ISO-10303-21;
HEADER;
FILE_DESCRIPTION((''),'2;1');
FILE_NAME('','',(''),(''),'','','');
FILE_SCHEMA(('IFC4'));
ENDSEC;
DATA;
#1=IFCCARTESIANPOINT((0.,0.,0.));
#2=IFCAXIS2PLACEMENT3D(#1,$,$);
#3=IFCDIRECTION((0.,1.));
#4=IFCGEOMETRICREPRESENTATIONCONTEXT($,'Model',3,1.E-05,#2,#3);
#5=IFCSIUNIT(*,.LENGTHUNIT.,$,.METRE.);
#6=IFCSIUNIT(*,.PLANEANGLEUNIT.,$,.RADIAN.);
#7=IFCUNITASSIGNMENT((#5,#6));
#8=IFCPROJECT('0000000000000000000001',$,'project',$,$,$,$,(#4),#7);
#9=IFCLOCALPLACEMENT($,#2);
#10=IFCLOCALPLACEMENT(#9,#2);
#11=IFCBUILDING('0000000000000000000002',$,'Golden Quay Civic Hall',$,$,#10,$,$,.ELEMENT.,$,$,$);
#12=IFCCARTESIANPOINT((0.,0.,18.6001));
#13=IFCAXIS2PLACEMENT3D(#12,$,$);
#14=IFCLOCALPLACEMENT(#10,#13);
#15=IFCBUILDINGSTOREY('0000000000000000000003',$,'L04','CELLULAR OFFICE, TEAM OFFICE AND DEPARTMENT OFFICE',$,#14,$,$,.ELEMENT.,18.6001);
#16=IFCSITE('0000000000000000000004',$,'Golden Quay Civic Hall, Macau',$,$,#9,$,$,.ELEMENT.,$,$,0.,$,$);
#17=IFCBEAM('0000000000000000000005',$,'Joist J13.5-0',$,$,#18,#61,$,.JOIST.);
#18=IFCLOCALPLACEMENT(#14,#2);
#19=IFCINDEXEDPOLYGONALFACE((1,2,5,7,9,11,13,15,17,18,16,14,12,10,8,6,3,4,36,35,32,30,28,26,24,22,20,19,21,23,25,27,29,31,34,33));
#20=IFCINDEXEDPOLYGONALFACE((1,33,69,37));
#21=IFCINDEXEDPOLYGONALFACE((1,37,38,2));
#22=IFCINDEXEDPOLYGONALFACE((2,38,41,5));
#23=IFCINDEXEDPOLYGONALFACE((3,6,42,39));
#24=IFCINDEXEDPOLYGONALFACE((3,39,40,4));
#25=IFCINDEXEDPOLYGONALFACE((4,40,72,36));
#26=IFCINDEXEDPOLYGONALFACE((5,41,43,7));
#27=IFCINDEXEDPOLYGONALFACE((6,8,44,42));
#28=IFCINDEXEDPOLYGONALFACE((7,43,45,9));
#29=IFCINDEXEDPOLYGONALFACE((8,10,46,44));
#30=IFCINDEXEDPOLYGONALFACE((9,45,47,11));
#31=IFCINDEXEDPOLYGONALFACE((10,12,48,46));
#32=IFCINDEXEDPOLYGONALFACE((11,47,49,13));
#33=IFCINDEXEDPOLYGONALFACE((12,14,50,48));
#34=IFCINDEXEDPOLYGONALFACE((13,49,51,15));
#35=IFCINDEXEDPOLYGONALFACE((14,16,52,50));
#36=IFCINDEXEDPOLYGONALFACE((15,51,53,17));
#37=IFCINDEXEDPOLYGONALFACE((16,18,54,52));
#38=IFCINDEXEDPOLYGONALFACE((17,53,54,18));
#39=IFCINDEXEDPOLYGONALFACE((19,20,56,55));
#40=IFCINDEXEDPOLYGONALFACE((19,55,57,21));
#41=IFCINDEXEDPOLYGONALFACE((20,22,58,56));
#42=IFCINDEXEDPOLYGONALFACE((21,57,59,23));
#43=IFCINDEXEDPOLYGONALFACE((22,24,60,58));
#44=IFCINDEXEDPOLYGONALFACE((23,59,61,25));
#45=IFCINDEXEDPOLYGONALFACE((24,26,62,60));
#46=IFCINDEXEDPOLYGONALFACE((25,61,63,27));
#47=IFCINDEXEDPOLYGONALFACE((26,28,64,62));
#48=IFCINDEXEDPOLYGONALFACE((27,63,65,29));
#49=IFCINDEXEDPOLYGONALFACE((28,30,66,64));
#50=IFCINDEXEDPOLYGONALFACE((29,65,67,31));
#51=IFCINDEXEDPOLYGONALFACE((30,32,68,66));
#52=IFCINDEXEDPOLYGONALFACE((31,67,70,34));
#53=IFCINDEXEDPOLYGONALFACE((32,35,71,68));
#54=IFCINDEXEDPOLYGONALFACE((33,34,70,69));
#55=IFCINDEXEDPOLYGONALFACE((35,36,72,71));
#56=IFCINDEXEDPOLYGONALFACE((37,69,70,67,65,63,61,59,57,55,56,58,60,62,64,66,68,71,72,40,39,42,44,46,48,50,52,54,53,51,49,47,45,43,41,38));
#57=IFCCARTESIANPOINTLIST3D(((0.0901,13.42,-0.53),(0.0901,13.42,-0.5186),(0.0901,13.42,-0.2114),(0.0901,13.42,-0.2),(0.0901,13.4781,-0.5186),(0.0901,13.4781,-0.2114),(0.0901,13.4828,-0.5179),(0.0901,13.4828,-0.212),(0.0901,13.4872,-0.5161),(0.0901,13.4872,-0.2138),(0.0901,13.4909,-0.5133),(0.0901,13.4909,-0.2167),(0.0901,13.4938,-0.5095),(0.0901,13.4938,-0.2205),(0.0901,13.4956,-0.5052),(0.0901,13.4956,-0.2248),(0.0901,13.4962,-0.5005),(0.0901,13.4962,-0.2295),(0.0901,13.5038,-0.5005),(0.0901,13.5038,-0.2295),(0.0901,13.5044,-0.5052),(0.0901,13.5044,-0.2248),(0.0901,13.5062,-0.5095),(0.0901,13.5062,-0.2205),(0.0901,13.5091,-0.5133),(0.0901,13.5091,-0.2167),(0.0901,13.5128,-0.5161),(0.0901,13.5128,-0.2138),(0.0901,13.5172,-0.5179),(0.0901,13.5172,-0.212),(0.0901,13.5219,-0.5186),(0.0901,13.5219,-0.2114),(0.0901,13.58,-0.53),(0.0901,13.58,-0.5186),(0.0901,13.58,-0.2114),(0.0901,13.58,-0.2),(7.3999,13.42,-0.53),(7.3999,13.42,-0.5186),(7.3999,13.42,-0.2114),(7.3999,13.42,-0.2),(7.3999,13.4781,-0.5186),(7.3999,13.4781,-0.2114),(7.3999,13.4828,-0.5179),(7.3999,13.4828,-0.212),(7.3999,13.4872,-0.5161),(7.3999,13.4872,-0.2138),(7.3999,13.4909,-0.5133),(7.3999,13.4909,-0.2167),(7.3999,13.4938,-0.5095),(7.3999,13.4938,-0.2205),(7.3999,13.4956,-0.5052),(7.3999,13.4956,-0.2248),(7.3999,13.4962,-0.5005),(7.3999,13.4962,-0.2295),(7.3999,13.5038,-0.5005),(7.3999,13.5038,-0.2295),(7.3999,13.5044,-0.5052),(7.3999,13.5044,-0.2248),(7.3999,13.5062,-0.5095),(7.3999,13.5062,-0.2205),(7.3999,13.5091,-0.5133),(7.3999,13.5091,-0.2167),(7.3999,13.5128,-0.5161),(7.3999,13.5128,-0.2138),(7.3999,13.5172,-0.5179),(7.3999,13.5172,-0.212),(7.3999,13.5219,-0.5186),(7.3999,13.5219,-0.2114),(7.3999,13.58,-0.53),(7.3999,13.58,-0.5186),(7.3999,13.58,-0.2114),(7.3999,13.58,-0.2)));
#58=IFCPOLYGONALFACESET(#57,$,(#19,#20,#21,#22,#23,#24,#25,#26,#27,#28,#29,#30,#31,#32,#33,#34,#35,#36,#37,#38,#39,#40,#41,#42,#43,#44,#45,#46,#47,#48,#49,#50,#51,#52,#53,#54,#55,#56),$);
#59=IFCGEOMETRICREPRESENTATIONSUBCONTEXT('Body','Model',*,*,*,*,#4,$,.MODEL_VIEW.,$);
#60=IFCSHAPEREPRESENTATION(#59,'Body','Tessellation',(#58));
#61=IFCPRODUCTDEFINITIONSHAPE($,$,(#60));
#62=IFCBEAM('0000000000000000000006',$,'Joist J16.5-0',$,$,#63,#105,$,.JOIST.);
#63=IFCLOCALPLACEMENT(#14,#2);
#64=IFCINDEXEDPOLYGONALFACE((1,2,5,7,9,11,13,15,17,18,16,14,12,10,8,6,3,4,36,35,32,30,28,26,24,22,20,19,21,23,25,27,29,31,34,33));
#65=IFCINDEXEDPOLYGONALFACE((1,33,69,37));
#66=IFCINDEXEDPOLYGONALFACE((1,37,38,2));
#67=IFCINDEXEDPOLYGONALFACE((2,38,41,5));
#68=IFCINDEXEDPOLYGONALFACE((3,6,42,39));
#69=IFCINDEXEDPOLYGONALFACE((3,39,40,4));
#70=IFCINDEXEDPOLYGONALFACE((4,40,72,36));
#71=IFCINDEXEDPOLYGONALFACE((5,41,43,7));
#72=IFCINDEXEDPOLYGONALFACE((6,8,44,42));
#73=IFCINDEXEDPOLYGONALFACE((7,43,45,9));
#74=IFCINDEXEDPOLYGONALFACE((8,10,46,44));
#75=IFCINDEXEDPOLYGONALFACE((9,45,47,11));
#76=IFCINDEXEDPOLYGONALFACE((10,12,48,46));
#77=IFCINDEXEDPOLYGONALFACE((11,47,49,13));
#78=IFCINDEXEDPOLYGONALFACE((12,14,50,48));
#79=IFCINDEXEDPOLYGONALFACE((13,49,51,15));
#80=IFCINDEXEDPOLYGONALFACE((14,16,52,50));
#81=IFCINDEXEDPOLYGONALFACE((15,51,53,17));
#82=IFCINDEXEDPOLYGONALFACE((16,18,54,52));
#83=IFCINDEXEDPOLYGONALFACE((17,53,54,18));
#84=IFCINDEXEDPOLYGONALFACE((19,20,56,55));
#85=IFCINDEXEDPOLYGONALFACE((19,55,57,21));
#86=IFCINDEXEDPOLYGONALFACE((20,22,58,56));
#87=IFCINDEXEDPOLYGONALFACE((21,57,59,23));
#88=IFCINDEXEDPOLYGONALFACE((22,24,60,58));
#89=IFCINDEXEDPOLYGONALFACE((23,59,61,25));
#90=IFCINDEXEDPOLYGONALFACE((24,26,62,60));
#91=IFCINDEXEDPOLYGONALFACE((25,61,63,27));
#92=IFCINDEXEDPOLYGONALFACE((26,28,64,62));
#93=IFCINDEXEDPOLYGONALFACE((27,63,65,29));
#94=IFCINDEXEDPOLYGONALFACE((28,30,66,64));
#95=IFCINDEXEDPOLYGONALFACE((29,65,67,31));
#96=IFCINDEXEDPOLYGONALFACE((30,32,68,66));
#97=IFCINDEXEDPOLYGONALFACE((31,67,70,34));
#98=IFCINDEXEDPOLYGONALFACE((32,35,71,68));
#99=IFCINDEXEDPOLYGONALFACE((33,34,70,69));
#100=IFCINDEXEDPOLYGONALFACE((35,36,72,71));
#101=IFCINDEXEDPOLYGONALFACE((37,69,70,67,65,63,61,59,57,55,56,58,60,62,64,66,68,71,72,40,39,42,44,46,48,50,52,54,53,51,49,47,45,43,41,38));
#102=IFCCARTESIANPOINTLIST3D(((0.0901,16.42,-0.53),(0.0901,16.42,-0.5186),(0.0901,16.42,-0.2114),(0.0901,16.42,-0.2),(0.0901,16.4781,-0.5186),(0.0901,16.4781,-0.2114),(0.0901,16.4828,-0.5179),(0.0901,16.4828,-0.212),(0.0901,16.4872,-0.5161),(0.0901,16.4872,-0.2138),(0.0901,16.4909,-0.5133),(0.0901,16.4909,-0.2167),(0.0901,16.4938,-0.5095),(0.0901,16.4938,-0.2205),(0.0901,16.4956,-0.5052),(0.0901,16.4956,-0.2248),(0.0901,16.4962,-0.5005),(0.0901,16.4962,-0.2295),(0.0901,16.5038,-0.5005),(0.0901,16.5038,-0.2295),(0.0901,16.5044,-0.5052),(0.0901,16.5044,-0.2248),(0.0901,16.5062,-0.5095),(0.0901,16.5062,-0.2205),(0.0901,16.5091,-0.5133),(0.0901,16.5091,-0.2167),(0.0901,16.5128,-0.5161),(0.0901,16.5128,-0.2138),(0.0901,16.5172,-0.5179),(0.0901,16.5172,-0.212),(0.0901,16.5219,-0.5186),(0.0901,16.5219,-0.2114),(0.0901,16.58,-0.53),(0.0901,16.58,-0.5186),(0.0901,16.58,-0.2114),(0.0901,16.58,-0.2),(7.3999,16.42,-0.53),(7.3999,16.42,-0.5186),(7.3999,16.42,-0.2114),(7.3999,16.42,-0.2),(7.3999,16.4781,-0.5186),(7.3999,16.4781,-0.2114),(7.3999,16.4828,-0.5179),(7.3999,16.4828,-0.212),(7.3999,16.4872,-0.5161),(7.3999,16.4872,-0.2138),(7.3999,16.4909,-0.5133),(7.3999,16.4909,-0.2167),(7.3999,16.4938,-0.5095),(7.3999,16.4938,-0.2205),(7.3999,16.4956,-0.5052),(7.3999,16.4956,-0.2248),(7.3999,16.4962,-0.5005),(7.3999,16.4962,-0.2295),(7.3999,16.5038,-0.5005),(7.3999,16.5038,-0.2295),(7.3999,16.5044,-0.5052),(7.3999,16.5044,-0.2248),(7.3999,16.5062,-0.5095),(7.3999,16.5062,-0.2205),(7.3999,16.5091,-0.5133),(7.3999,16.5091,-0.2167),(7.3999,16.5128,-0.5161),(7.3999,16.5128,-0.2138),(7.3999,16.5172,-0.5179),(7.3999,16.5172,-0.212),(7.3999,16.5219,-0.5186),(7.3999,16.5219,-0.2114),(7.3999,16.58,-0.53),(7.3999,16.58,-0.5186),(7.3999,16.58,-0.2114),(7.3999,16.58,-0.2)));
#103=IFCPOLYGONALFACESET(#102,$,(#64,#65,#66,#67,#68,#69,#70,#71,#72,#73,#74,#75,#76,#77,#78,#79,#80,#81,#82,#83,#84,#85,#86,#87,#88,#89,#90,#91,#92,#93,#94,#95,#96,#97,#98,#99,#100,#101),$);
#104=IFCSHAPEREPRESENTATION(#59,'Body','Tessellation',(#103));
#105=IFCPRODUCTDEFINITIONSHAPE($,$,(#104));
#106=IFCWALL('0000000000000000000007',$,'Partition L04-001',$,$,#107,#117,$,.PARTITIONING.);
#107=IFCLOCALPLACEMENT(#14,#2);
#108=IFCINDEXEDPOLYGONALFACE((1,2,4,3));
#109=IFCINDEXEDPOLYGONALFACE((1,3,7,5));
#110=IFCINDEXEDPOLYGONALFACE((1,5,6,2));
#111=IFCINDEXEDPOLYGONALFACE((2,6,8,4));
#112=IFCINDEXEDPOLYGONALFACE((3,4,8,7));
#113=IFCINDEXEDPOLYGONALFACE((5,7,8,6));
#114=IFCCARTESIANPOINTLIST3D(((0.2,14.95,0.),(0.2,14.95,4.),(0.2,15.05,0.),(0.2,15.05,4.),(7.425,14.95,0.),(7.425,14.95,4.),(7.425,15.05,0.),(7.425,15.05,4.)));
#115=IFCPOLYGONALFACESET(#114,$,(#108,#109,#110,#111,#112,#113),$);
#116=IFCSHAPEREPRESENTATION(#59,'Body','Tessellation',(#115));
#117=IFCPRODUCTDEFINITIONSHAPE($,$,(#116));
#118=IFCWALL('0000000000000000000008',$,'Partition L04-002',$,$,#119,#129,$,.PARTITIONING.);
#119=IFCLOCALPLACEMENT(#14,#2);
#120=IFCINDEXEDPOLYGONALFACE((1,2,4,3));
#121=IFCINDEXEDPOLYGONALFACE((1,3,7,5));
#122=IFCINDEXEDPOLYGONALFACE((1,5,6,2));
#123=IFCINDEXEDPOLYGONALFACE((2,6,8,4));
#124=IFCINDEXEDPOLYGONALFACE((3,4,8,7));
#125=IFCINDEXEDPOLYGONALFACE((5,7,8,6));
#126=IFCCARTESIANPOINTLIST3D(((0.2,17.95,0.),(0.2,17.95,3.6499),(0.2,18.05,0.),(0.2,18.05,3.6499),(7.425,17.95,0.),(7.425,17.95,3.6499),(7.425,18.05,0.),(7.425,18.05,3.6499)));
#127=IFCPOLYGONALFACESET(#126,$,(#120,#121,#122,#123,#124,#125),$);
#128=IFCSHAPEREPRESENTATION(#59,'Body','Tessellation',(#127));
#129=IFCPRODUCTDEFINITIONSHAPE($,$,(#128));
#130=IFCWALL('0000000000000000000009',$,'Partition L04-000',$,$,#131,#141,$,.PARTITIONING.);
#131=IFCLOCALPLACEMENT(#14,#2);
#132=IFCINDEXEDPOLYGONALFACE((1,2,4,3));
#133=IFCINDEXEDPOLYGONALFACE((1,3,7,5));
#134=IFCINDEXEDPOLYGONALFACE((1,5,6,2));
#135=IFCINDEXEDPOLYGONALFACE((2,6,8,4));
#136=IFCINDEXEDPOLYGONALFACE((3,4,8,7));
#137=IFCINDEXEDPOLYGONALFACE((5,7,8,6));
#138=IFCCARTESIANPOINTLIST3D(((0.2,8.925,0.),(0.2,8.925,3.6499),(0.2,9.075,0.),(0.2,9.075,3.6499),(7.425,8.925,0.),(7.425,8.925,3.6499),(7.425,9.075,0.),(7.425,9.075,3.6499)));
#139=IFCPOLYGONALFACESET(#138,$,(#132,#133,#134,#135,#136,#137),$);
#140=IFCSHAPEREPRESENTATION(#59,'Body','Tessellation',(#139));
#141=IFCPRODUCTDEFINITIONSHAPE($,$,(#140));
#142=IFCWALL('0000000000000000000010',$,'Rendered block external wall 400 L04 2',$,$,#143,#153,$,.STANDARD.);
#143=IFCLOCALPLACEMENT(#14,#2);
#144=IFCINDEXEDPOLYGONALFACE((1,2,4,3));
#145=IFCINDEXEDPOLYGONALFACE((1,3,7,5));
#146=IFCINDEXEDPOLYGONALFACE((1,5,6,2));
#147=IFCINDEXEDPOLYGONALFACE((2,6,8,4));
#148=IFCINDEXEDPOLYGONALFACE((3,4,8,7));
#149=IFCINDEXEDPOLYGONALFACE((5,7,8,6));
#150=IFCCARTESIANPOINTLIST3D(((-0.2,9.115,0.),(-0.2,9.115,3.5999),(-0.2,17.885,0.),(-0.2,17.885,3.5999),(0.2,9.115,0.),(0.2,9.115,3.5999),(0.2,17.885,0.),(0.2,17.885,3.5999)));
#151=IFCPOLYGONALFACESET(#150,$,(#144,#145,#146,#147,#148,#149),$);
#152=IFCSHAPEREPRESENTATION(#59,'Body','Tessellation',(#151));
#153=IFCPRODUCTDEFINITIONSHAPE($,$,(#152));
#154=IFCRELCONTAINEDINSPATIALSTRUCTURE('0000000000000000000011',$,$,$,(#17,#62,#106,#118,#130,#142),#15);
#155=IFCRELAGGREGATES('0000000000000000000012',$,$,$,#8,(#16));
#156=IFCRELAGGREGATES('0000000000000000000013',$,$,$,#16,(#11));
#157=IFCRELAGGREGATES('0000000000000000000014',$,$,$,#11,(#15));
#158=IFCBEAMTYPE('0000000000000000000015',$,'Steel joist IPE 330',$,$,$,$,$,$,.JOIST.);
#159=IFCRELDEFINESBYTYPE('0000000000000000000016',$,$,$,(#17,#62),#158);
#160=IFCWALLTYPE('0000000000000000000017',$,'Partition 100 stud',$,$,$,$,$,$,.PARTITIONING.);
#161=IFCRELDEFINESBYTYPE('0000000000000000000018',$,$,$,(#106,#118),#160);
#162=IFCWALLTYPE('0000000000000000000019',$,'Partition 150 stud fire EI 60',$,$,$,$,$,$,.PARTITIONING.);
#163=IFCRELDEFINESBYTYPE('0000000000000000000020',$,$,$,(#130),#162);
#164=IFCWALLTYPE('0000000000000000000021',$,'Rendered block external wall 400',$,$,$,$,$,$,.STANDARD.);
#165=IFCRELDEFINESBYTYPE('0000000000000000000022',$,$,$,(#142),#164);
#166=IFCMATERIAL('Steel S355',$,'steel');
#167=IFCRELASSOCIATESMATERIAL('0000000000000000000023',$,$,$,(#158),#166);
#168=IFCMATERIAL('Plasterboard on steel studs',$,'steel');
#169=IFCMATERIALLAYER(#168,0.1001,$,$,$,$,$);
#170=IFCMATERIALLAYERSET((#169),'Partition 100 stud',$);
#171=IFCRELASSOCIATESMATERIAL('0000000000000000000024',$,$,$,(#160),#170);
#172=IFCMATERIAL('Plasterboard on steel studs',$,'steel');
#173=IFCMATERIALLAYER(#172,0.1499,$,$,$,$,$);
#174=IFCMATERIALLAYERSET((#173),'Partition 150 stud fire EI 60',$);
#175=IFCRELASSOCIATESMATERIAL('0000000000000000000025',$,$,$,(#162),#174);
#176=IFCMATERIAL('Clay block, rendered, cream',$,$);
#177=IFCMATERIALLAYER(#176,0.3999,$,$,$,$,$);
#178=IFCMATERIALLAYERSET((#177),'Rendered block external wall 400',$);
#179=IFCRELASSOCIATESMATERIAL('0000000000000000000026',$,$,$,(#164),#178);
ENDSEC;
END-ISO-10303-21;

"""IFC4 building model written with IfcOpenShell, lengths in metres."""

from ifc_helpers import new_model, si_unit, direction, frame, frame_2d, origin, origin_2d, place, context, subcontext, project, spatial, rectangle, i_section, extrude, material, layer, layer_set, material_profile, profile_set, type_object, element, save


model = new_model("IFC4")

# Units and contexts
model_context = context("Model", 3, precision=1e-05, world=origin(), true_north=direction((0.0, 1.0)))
body_context = subcontext(model_context, "Body", "Model", "MODEL_VIEW")
ifc_project = project(units=[si_unit("LENGTHUNIT", "METRE"), si_unit("PLANEANGLEUNIT", "RADIAN")], contexts=[model_context])

# Site, building, storey
site_placement = place(None, origin())
site = spatial("IfcSite", under=ifc_project, at=site_placement, Name="Golden Quay Civic Hall, Macau", CompositionType="ELEMENT", RefElevation=0.0)
building_placement = place(site_placement, origin())
building = spatial("IfcBuilding", under=site, at=building_placement, Name="Golden Quay Civic Hall", CompositionType="ELEMENT")
storey_placement = place(building_placement, frame((0.0, 0.0, 18.6001)))
storey = spatial("IfcBuildingStorey", under=building, at=storey_placement, Name="L04", Description="CELLULAR OFFICE, TEAM OFFICE AND DEPARTMENT OFFICE", CompositionType="ELEMENT", Elevation=18.6001)

# Beams
ifc_material_1 = material(Name="Steel S355", Category="steel")
ifc_material_profile_1 = material_profile(ifc_material_1, i_section(OverallWidth=0.1599, OverallDepth=0.3301, WebThickness=0.0076, FlangeThickness=0.0115, FilletRadius=0.0181, at=origin_2d()), Name="IPE 330")
ifc_profile_set_1 = profile_set([ifc_material_profile_1], Name="Steel S355")
beam_type_1 = type_object("IfcBeamType", Name="Steel joist IPE 330", PredefinedType="JOIST", material=ifc_profile_set_1)
for number, where, z_axis, x_axis, name in (
    (1, (0.0901, 13.5, -0.365), (1.0, 0.0, 0.0), (0.0, 1.0, 0.0), "Joist J13.5-0"),
    (2, (0.0901, 16.5, -0.365), (1.0, 0.0, 0.0), (0.0, 1.0, 0.0), "Joist J16.5-0"),
):
    element("IfcBeam", number, at=place(storey_placement, frame(where, z_axis=z_axis, x_axis=x_axis)), inside=storey, type_object=beam_type_1, Name=name, PredefinedType="JOIST", context=body_context, shape_type="SweptSolid", body=[
        extrude(i_section(OverallWidth=0.1599, OverallDepth=0.3301, WebThickness=0.0076, FlangeThickness=0.0115, FilletRadius=0.0181, at=origin_2d()), origin(), (0.0, 0.0, 1.0), 7.3098),
    ])

# Walls
ifc_material_2 = material(Name="Plasterboard on steel studs", Category="steel")
ifc_layer_1 = layer(ifc_material_2, 0.1001)
ifc_layer_set_1 = layer_set([ifc_layer_1], Name="Partition 100 stud")
wall_type_1 = type_object("IfcWallType", Name="Partition 100 stud", PredefinedType="PARTITIONING", material=ifc_layer_set_1)
wall_1_placement = place(storey_placement, frame((0.2, 15.0, 0.0), z_axis=(0.0, 0.0, 1.0), x_axis=(1.0, 0.0, 0.0)))
element("IfcWall", 3, at=wall_1_placement, inside=storey, type_object=wall_type_1, Name="Partition L04-001", PredefinedType="PARTITIONING", context=body_context, shape_type="SweptSolid", body=[
    extrude(rectangle(XDim=7.2251, YDim=0.1001, at=frame_2d((3.6125, 0.0))), origin(), (0.0, 0.0, 1.0), 4.0),
])
wall_2_placement = place(storey_placement, frame((0.2, 18.0, 0.0), z_axis=(0.0, 0.0, 1.0), x_axis=(1.0, 0.0, 0.0)))
element("IfcWall", 4, at=wall_2_placement, inside=storey, type_object=wall_type_1, Name="Partition L04-002", PredefinedType="PARTITIONING", context=body_context, shape_type="SweptSolid", body=[
    extrude(rectangle(XDim=7.2251, YDim=0.1001, at=frame_2d((3.6125, 0.0))), origin(), (0.0, 0.0, 1.0), 3.6499),
])
ifc_material_3 = material(Name="Plasterboard on steel studs", Category="steel")
ifc_layer_2 = layer(ifc_material_3, 0.1499)
ifc_layer_set_2 = layer_set([ifc_layer_2], Name="Partition 150 stud fire EI 60")
wall_type_2 = type_object("IfcWallType", Name="Partition 150 stud fire EI 60", PredefinedType="PARTITIONING", material=ifc_layer_set_2)
wall_3_placement = place(storey_placement, frame((0.2, 9.0, 0.0), z_axis=(0.0, 0.0, 1.0), x_axis=(1.0, 0.0, 0.0)))
element("IfcWall", 5, at=wall_3_placement, inside=storey, type_object=wall_type_2, Name="Partition L04-000", PredefinedType="PARTITIONING", context=body_context, shape_type="SweptSolid", body=[
    extrude(rectangle(XDim=7.2251, YDim=0.1499, at=frame_2d((3.6125, 0.0))), origin(), (0.0, 0.0, 1.0), 3.6499),
])
ifc_material_4 = material(Name="Clay block, rendered, cream")
ifc_layer_3 = layer(ifc_material_4, 0.3999)
ifc_layer_set_3 = layer_set([ifc_layer_3], Name="Rendered block external wall 400")
wall_type_3 = type_object("IfcWallType", Name="Rendered block external wall 400", PredefinedType="STANDARD", material=ifc_layer_set_3)
wall_4_placement = place(storey_placement, frame((0.0, 9.115, 0.0), z_axis=(0.0, 0.0, 1.0), x_axis=(0.0, 1.0, 0.0)))
element("IfcWall", 6, at=wall_4_placement, inside=storey, type_object=wall_type_3, Name="Rendered block external wall 400 L04 2", PredefinedType="STANDARD", context=body_context, shape_type="SweptSolid", body=[
    extrude(rectangle(XDim=8.77, YDim=0.3999, at=frame_2d((4.385, 0.0))), origin(), (0.0, 0.0, 1.0), 3.5999),
])

save(model, "model.ifc")
